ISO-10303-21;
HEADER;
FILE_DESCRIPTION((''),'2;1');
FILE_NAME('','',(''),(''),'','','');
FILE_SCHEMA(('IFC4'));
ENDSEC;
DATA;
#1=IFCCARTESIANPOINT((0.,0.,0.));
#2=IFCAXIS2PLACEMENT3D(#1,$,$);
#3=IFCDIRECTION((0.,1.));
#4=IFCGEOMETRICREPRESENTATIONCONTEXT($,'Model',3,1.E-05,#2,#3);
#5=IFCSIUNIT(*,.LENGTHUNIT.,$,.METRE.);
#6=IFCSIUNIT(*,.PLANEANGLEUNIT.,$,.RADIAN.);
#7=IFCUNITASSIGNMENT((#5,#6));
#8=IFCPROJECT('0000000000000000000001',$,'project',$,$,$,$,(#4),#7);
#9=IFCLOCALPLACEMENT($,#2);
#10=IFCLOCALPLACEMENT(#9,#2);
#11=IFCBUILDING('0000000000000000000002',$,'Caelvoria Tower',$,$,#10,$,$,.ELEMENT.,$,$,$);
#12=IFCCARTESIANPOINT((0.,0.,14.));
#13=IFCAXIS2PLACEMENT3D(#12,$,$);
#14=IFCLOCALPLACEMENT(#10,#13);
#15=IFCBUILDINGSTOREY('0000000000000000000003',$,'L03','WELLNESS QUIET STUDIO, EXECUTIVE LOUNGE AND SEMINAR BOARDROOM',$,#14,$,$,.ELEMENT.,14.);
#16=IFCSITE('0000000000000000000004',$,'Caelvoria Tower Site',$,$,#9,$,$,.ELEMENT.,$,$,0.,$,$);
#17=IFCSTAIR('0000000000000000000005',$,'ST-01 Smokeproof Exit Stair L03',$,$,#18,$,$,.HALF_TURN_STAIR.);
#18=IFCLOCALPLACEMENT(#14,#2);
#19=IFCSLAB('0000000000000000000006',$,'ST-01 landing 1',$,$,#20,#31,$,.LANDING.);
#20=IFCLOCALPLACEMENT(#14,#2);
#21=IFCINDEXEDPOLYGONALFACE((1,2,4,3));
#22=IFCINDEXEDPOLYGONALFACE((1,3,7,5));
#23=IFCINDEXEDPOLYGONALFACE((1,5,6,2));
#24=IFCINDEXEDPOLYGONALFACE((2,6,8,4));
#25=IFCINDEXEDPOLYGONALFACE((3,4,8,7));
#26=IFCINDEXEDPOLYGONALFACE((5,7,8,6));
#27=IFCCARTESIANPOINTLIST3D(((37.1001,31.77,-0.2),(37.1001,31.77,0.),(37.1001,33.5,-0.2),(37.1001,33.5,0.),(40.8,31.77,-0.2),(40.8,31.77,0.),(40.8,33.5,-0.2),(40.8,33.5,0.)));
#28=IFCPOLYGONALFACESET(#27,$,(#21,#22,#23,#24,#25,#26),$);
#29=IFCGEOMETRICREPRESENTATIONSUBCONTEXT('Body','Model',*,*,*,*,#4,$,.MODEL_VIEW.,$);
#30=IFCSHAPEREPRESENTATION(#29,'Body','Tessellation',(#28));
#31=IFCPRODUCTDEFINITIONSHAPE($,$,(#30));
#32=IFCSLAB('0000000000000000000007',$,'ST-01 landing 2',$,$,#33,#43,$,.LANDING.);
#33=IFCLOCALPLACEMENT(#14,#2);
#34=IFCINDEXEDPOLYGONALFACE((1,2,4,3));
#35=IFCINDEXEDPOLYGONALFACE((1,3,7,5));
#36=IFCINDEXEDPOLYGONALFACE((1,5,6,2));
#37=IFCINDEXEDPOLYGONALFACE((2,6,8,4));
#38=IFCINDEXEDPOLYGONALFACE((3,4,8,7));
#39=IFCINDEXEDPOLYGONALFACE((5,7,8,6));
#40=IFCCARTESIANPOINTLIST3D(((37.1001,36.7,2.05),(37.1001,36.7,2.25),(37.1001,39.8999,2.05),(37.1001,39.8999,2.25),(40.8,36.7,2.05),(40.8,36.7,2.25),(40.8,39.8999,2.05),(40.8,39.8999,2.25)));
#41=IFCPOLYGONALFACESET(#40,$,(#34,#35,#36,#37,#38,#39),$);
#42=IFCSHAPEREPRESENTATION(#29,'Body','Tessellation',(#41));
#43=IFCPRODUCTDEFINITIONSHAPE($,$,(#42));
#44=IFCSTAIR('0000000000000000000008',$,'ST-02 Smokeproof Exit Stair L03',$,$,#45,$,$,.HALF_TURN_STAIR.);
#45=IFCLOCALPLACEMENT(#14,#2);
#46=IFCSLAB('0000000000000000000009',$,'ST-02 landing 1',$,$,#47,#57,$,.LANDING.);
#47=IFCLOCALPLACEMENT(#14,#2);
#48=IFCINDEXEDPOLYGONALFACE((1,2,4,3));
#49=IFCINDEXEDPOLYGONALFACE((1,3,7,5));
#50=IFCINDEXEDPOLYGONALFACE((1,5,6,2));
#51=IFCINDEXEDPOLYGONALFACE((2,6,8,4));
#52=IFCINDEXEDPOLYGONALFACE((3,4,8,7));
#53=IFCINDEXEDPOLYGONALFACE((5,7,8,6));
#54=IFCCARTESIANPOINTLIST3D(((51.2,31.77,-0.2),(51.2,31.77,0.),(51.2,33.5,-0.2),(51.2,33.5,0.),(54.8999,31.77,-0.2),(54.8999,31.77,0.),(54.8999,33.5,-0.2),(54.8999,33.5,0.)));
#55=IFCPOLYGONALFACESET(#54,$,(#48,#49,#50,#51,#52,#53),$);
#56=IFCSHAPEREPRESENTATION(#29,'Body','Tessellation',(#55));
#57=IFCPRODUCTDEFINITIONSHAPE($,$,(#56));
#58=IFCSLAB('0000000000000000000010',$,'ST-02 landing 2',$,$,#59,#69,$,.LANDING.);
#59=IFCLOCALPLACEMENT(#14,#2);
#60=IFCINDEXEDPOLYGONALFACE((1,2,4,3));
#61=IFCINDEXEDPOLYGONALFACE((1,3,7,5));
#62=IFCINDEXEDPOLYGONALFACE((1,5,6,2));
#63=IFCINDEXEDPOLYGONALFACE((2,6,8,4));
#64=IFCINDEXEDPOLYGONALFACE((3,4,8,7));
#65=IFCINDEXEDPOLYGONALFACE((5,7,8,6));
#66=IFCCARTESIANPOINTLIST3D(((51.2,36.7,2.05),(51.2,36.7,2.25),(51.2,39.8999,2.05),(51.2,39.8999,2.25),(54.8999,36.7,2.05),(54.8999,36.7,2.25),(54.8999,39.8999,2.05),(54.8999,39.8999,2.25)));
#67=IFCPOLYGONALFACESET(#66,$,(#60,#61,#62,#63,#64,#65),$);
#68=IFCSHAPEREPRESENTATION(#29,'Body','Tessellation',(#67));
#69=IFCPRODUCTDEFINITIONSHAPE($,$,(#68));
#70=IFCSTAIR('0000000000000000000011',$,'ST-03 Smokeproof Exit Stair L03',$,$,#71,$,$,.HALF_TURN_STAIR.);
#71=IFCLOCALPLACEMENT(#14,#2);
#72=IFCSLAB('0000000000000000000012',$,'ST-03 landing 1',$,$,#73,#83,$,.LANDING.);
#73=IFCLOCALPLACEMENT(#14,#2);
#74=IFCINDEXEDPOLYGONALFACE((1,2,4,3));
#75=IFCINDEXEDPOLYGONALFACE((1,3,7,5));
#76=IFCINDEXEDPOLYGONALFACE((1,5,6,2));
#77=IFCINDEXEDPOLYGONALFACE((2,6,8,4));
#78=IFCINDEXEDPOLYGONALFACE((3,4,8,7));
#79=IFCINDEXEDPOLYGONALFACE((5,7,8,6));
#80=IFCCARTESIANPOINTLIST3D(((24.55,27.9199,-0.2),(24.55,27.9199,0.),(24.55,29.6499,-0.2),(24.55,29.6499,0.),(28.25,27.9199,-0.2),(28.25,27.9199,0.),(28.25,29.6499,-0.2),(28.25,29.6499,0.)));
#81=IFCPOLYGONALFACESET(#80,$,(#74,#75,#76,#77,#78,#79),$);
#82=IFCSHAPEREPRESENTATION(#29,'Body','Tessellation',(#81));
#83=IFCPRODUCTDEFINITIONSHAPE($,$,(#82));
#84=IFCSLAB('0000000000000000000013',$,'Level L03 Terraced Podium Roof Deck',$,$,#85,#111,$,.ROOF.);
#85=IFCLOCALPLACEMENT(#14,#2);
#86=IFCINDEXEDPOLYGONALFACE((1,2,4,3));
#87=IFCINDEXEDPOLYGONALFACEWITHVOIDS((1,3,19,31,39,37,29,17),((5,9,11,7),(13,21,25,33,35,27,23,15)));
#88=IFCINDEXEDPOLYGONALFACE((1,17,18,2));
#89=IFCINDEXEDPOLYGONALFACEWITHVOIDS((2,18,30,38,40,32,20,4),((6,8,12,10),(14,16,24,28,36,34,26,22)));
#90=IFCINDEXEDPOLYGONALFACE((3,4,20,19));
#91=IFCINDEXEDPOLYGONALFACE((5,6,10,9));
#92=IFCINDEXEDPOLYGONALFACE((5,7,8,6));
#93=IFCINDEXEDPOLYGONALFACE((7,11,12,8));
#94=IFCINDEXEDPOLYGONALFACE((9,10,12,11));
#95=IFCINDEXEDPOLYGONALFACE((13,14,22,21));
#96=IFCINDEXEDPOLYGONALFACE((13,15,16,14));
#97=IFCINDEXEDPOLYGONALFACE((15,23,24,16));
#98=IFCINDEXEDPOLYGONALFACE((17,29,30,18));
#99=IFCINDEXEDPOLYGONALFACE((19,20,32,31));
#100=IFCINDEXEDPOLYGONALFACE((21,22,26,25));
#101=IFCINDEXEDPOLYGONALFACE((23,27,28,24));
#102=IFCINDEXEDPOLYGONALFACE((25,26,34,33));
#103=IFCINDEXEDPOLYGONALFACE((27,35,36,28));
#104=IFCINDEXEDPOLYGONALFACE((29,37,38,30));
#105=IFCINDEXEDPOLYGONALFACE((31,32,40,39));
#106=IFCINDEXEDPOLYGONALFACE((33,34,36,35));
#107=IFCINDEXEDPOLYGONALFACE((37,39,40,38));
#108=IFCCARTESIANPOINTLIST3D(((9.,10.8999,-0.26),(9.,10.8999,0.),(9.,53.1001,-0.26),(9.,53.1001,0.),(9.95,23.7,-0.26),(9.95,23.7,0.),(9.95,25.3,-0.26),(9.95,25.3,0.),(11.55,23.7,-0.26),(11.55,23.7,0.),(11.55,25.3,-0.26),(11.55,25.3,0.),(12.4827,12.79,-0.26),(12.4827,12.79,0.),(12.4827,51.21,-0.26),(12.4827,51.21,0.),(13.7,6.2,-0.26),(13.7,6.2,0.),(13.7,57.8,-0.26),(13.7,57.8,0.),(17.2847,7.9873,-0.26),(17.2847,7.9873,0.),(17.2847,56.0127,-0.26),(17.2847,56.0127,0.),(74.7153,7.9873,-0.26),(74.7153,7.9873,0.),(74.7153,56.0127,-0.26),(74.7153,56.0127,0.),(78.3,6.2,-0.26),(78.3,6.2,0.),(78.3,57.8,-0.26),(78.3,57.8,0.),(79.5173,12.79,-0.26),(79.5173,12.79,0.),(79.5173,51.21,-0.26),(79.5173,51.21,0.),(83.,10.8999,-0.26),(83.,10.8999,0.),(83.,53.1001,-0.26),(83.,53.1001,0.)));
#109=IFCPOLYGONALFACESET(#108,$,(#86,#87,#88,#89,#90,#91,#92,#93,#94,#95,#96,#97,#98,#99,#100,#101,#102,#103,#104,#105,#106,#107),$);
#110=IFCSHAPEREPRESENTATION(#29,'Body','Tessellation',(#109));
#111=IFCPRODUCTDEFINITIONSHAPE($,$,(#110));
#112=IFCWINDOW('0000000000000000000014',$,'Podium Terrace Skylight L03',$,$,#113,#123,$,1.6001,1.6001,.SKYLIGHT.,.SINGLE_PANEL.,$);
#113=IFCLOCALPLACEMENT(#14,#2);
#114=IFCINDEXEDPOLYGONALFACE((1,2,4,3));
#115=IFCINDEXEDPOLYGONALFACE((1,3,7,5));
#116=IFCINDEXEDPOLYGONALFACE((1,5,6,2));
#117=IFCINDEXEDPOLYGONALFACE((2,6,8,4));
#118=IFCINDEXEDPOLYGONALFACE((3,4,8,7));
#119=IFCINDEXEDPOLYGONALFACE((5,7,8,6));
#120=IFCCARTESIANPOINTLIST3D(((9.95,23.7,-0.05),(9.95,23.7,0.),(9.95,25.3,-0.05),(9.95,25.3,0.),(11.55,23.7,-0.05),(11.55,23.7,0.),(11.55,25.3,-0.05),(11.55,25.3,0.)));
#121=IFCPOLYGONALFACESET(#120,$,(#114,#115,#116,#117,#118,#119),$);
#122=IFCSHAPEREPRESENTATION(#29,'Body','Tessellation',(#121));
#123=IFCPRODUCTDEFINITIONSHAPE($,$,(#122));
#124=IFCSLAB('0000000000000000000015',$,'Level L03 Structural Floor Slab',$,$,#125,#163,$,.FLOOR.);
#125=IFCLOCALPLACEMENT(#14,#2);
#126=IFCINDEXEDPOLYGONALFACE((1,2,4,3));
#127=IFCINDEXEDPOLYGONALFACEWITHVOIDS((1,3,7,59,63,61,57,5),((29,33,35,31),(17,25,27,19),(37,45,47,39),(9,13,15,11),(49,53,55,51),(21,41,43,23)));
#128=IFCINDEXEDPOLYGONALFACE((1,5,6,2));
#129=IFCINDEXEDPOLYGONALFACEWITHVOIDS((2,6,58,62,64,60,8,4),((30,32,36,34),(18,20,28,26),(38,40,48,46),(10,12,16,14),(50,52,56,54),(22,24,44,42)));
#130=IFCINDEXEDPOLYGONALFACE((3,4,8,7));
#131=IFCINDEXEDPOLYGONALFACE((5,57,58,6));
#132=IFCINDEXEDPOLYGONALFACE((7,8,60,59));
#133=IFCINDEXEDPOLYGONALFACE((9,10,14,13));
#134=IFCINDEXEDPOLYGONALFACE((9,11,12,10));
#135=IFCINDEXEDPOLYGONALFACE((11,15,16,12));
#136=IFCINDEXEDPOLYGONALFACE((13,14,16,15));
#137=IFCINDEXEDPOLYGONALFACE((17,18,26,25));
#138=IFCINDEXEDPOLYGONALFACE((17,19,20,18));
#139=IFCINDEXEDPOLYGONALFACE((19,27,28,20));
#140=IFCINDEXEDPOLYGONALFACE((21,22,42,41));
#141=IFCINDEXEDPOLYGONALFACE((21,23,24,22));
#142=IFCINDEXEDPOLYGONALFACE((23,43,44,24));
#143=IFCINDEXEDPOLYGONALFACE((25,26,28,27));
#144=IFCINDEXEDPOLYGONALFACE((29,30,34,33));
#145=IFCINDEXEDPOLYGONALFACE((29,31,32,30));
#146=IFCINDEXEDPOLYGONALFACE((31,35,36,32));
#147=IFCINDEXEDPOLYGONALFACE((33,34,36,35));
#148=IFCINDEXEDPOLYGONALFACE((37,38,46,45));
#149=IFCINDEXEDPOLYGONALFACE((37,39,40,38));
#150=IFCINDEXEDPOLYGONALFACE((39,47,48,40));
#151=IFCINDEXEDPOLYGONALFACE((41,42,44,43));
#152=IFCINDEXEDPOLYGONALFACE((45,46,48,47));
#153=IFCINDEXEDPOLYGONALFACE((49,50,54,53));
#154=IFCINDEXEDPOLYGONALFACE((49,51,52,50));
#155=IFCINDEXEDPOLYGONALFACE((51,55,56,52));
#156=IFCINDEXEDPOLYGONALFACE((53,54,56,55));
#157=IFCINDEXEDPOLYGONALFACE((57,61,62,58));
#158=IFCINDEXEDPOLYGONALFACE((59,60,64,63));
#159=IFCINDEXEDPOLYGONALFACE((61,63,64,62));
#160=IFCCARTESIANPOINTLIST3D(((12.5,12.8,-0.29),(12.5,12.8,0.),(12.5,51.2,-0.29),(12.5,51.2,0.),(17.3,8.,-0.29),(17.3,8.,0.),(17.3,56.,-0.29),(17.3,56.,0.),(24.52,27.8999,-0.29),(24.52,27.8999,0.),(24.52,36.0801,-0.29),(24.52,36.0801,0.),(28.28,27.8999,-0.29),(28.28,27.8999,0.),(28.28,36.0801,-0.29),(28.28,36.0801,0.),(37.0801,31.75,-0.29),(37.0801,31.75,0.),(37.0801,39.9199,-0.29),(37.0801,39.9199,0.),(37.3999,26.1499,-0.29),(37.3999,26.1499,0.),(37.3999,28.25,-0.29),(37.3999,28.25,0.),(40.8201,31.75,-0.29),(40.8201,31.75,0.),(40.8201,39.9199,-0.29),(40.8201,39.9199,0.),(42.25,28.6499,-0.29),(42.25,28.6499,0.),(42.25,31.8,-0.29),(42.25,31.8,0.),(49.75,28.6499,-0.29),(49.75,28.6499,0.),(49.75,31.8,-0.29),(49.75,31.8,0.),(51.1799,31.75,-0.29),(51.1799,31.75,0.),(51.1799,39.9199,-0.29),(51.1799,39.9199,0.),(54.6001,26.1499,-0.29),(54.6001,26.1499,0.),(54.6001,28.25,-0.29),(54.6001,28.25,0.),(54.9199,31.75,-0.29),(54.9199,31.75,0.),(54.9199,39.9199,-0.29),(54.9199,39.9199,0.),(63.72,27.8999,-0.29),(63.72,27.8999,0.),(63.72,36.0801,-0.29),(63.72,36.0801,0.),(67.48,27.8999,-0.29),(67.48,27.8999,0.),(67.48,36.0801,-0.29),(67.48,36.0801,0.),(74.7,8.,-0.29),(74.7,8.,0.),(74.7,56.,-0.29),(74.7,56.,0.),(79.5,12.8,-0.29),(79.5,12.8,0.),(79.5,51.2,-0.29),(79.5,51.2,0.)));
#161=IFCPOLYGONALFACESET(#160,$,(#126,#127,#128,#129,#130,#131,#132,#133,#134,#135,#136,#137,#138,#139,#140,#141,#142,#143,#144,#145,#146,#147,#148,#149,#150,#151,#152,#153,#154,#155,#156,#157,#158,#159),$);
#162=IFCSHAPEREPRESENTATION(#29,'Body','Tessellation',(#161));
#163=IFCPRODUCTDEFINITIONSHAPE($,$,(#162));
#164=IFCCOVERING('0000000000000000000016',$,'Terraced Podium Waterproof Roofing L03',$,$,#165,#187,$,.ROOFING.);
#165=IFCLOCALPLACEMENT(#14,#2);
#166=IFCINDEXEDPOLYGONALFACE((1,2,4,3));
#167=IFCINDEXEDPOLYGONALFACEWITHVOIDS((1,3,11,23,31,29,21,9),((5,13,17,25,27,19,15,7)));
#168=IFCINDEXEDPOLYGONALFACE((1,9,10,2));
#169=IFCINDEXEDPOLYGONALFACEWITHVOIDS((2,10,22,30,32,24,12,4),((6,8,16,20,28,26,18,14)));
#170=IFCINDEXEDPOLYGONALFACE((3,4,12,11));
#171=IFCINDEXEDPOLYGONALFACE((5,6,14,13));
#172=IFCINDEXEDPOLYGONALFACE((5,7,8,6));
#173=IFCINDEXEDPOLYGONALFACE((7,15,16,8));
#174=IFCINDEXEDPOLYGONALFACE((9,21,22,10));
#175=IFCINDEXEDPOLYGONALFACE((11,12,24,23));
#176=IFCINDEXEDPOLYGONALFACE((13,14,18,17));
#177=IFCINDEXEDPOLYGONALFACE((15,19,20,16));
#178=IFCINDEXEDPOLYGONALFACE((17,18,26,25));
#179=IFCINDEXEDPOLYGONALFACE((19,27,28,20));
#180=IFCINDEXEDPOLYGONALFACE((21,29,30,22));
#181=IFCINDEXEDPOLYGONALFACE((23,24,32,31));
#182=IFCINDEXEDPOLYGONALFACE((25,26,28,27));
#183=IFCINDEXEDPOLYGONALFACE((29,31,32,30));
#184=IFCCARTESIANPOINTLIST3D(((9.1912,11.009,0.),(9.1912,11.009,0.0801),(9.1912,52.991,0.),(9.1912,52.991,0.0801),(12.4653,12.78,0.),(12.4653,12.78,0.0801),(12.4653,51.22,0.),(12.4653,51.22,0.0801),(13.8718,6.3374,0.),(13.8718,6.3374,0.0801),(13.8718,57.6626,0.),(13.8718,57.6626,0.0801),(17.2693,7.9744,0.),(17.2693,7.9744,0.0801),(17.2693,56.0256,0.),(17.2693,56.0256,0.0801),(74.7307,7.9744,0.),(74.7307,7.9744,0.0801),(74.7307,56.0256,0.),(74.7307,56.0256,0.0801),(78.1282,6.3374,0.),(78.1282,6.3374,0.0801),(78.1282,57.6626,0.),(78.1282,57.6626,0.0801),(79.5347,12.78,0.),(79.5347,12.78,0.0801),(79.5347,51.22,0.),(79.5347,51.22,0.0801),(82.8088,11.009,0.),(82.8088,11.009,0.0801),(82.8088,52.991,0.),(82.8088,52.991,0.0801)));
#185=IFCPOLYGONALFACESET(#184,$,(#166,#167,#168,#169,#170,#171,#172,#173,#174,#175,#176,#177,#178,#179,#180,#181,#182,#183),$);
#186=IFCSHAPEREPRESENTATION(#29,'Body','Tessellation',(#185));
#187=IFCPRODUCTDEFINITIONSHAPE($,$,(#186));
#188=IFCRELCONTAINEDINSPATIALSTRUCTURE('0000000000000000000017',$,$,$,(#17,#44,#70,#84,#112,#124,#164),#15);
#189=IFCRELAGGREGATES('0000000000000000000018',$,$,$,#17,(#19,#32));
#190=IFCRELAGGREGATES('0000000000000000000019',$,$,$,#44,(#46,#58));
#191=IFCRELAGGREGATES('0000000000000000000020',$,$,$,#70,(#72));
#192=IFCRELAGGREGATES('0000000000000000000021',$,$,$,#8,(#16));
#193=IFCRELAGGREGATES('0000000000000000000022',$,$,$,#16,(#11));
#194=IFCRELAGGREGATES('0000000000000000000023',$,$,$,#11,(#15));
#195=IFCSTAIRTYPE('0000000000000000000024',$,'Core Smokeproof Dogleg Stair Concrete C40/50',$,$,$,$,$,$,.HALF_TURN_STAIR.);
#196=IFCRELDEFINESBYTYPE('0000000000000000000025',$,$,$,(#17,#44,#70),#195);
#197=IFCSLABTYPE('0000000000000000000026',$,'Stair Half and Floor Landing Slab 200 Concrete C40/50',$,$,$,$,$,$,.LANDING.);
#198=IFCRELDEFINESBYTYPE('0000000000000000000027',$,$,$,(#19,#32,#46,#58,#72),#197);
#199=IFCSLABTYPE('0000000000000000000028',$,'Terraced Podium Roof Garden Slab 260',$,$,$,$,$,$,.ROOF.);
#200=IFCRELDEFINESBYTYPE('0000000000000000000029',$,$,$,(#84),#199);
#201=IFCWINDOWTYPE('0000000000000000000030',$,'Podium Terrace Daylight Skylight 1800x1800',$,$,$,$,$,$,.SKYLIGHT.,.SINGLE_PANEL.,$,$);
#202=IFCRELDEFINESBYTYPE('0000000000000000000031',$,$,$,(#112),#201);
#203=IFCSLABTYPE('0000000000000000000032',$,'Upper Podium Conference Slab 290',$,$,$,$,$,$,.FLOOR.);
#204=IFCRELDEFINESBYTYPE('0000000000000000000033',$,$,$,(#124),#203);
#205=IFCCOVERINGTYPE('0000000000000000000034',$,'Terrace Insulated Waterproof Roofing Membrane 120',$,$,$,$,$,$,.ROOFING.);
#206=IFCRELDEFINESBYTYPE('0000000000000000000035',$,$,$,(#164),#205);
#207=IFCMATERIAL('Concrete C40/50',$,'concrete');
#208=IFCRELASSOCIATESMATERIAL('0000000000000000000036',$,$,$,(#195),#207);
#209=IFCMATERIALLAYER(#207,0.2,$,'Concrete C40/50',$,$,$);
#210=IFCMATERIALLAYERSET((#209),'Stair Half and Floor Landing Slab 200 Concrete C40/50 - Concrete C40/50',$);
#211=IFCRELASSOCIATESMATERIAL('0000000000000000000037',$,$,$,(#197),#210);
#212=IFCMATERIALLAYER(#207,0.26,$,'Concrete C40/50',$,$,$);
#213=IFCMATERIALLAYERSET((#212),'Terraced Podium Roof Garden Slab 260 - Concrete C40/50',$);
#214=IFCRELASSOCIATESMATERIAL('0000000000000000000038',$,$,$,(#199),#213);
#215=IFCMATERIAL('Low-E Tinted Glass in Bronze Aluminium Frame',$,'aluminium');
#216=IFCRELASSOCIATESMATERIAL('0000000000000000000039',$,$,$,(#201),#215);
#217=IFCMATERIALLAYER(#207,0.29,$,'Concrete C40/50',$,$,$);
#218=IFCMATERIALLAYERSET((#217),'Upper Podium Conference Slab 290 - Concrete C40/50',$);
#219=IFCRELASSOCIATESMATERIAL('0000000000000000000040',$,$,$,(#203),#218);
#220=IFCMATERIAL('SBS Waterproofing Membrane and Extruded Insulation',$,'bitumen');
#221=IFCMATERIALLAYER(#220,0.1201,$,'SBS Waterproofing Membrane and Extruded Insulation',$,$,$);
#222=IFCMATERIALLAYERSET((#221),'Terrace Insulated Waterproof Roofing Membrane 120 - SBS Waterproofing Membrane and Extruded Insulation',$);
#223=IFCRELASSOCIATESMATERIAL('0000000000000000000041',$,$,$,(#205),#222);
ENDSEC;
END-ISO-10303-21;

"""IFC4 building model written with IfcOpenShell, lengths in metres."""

from ifc_helpers import new_model, si_unit, direction, frame, origin, origin_2d, place, context, subcontext, project, spatial, polyline, rectangle, outline, extrude, material, layer, layer_set, type_object, element, fill, aggregate, save


model = new_model("IFC4")

# Units and contexts
model_context = context("Model", 3, precision=1e-05, world=origin(), true_north=direction((0.0, 1.0)))
body_context = subcontext(model_context, "Body", "Model", "MODEL_VIEW")
ifc_project = project(units=[si_unit("LENGTHUNIT", "METRE"), si_unit("PLANEANGLEUNIT", "RADIAN")], contexts=[model_context])

# Site, building, storey
site_placement = place(None, origin())
site = spatial("IfcSite", under=ifc_project, at=site_placement, Name="Caelvoria Tower Site", CompositionType="ELEMENT", RefElevation=0.0)
building_placement = place(site_placement, origin())
building = spatial("IfcBuilding", under=site, at=building_placement, Name="Caelvoria Tower", CompositionType="ELEMENT")
storey_placement = place(building_placement, frame((0.0, 0.0, 14.0)))
storey = spatial("IfcBuildingStorey", under=building, at=storey_placement, Name="L03", Description="WELLNESS QUIET STUDIO, EXECUTIVE LOUNGE AND SEMINAR BOARDROOM", CompositionType="ELEMENT", Elevation=14.0)

# Stairs, slabs
ifc_material_1 = material(Name="Concrete C40/50", Category="concrete")
stair_type = type_object("IfcStairType", Name="Core Smokeproof Dogleg Stair Concrete C40/50", PredefinedType="HALF_TURN_STAIR", material=ifc_material_1)
stair_1_placement = place(storey_placement, origin())
stair_1 = element("IfcStair", 1, at=stair_1_placement, inside=storey, type_object=stair_type, Name="ST-01 Smokeproof Exit Stair L03", PredefinedType="HALF_TURN_STAIR")
ifc_layer_1 = layer(ifc_material_1, 0.2, Name="Concrete C40/50")
ifc_layer_set_1 = layer_set([ifc_layer_1], Name="Stair Half and Floor Landing Slab 200 Concrete C40/50 - Concrete C40/50")
slab_type_1 = type_object("IfcSlabType", Name="Stair Half and Floor Landing Slab 200 Concrete C40/50", PredefinedType="LANDING", material=ifc_layer_set_1)
slab_1_placement = place(storey_placement, frame((0.0, 0.0, -0.2)))
slab_1 = element("IfcSlab", 2, at=slab_1_placement, type_object=slab_type_1, Name="ST-01 landing 1", PredefinedType="LANDING", context=body_context, shape_type="SweptSolid", body=[
    extrude(outline(polyline([(37.1001, 31.77), (40.8, 31.77), (40.8, 33.5), (37.1001, 33.5), (37.1001, 31.77)])), origin(), (0.0, 0.0, 1.0), 0.2),
])
slab_2_placement = place(storey_placement, frame((0.0, 0.0, 2.05)))
slab_2 = element("IfcSlab", 3, at=slab_2_placement, type_object=slab_type_1, Name="ST-01 landing 2", PredefinedType="LANDING", context=body_context, shape_type="SweptSolid", body=[
    extrude(outline(polyline([(37.1001, 36.7), (40.8, 36.7), (40.8, 39.8999), (37.1001, 39.8999), (37.1001, 36.7)])), origin(), (0.0, 0.0, 1.0), 0.2),
])
aggregate(stair_1, [slab_1, slab_2])
stair_2_placement = place(storey_placement, origin())
stair_2 = element("IfcStair", 4, at=stair_2_placement, inside=storey, type_object=stair_type, Name="ST-02 Smokeproof Exit Stair L03", PredefinedType="HALF_TURN_STAIR")
slab_3_placement = place(storey_placement, frame((0.0, 0.0, -0.2)))
slab_3 = element("IfcSlab", 5, at=slab_3_placement, type_object=slab_type_1, Name="ST-02 landing 1", PredefinedType="LANDING", context=body_context, shape_type="SweptSolid", body=[
    extrude(outline(polyline([(51.2, 31.77), (54.8999, 31.77), (54.8999, 33.5), (51.2, 33.5), (51.2, 31.77)])), origin(), (0.0, 0.0, 1.0), 0.2),
])
slab_4_placement = place(storey_placement, frame((0.0, 0.0, 2.05)))
slab_4 = element("IfcSlab", 6, at=slab_4_placement, type_object=slab_type_1, Name="ST-02 landing 2", PredefinedType="LANDING", context=body_context, shape_type="SweptSolid", body=[
    extrude(outline(polyline([(51.2, 36.7), (54.8999, 36.7), (54.8999, 39.8999), (51.2, 39.8999), (51.2, 36.7)])), origin(), (0.0, 0.0, 1.0), 0.2),
])
aggregate(stair_2, [slab_3, slab_4])

# Stair, slab
stair_3_placement = place(storey_placement, origin())
stair_3 = element("IfcStair", 7, at=stair_3_placement, inside=storey, type_object=stair_type, Name="ST-03 Smokeproof Exit Stair L03", PredefinedType="HALF_TURN_STAIR")
slab_5_placement = place(storey_placement, frame((0.0, 0.0, -0.2)))
slab_5 = element("IfcSlab", 8, at=slab_5_placement, type_object=slab_type_1, Name="ST-03 landing 1", PredefinedType="LANDING", context=body_context, shape_type="SweptSolid", body=[
    extrude(outline(polyline([(24.55, 27.9199), (28.25, 27.9199), (28.25, 29.6499), (24.55, 29.6499), (24.55, 27.9199)])), origin(), (0.0, 0.0, 1.0), 0.2),
])
aggregate(stair_3, [slab_5])

# Slab, opening, window
ifc_layer_2 = layer(ifc_material_1, 0.26, Name="Concrete C40/50")
ifc_layer_set_2 = layer_set([ifc_layer_2], Name="Terraced Podium Roof Garden Slab 260 - Concrete C40/50")
slab_type_2 = type_object("IfcSlabType", Name="Terraced Podium Roof Garden Slab 260", PredefinedType="ROOF", material=ifc_layer_set_2)
slab_6_placement = place(storey_placement, frame((0.0, 0.0, -0.26)))
slab_6 = element("IfcSlab", 9, at=slab_6_placement, inside=storey, type_object=slab_type_2, Name="Level L03 Terraced Podium Roof Deck", PredefinedType="ROOF", context=body_context, shape_type="SweptSolid", body=[
    extrude(outline(polyline([(13.7, 6.2), (78.3, 6.2), (83.0, 10.8999), (83.0, 53.1001), (78.3, 57.8), (13.7, 57.8), (9.0, 53.1001), (9.0, 10.8999), (13.7, 6.2)]), holes=[polyline([(17.2847, 7.9873), (74.7153, 7.9873), (79.5173, 12.79), (79.5173, 51.21), (74.7153, 56.0127), (17.2847, 56.0127), (12.4827, 51.21), (12.4827, 12.79), (17.2847, 7.9873)])]), origin(), (0.0, 0.0, 1.0), 0.26),
])
opening_placement = place(slab_6_placement, frame((10.75, 24.5, 0.0)))
opening = element("IfcOpeningElement", 10, at=opening_placement, cuts=slab_6, PredefinedType="OPENING", context=body_context, shape_type="SweptSolid", body=[
    extrude(rectangle(XDim=1.6001, YDim=1.6001, at=origin_2d()), origin(), (0.0, 0.0, 1.0), 0.26),
])
ifc_material_2 = material(Name="Low-E Tinted Glass in Bronze Aluminium Frame", Category="aluminium")
window_type = type_object("IfcWindowType", Name="Podium Terrace Daylight Skylight 1800x1800", PartitioningType="SINGLE_PANEL", PredefinedType="SKYLIGHT", material=ifc_material_2)
window_placement = place(opening_placement, frame((0.0, 0.0, 0.21)))
window = element("IfcWindow", 11, at=window_placement, inside=storey, type_object=window_type, Name="Podium Terrace Skylight L03", OverallHeight=1.6001, OverallWidth=1.6001, PartitioningType="SINGLE_PANEL", PredefinedType="SKYLIGHT", context=body_context, shape_type="SweptSolid", body=[
    extrude(rectangle(XDim=1.6001, YDim=1.6001, at=origin_2d()), origin(), (0.0, 0.0, 1.0), 0.05),
])
fill(opening, window)

# Slab
ifc_layer_3 = layer(ifc_material_1, 0.29, Name="Concrete C40/50")
ifc_layer_set_3 = layer_set([ifc_layer_3], Name="Upper Podium Conference Slab 290 - Concrete C40/50")
slab_type_3 = type_object("IfcSlabType", Name="Upper Podium Conference Slab 290", PredefinedType="FLOOR", material=ifc_layer_set_3)
slab_7_placement = place(storey_placement, frame((0.0, 0.0, -0.29)))
element("IfcSlab", 12, at=slab_7_placement, inside=storey, type_object=slab_type_3, Name="Level L03 Structural Floor Slab", PredefinedType="FLOOR", context=body_context, shape_type="SweptSolid", body=[
    extrude(outline(polyline([(17.3, 8.0), (74.7, 8.0), (79.5, 12.8), (79.5, 51.2), (74.7, 56.0), (17.3, 56.0), (12.5, 51.2), (12.5, 12.8), (17.3, 8.0)]), holes=[polyline([(37.0801, 31.75), (40.8201, 31.75), (40.8201, 39.9199), (37.0801, 39.9199), (37.0801, 31.75)]), polyline([(51.1799, 31.75), (54.9199, 31.75), (54.9199, 39.9199), (51.1799, 39.9199), (51.1799, 31.75)]), polyline([(42.25, 28.6499), (49.75, 28.6499), (49.75, 31.8), (42.25, 31.8), (42.25, 28.6499)]), polyline([(24.52, 27.8999), (28.28, 27.8999), (28.28, 36.0801), (24.52, 36.0801), (24.52, 27.8999)]), polyline([(63.72, 27.8999), (67.48, 27.8999), (67.48, 36.0801), (63.72, 36.0801), (63.72, 27.8999)]), polyline([(37.3999, 26.1499), (54.6001, 26.1499), (54.6001, 28.25), (37.3999, 28.25), (37.3999, 26.1499)])]), origin(), (0.0, 0.0, 1.0), 0.29),
])

# Covering
ifc_material_3 = material(Name="SBS Waterproofing Membrane and Extruded Insulation", Category="bitumen")
ifc_layer_4 = layer(ifc_material_3, 0.1201, Name="SBS Waterproofing Membrane and Extruded Insulation")
ifc_layer_set_4 = layer_set([ifc_layer_4], Name="Terrace Insulated Waterproof Roofing Membrane 120 - SBS Waterproofing Membrane and Extruded Insulation")
covering_type = type_object("IfcCoveringType", Name="Terrace Insulated Waterproof Roofing Membrane 120", PredefinedType="ROOFING", material=ifc_layer_set_4)
covering_placement = place(storey_placement, origin())
element("IfcCovering", 13, at=covering_placement, inside=storey, type_object=covering_type, Name="Terraced Podium Waterproof Roofing L03", PredefinedType="ROOFING", context=body_context, shape_type="SweptSolid", body=[
    extrude(outline(polyline([(13.8718, 6.3374), (78.1282, 6.3374), (82.8088, 11.009), (82.8088, 52.991), (78.1282, 57.6626), (13.8718, 57.6626), (9.1912, 52.991), (9.1912, 11.009), (13.8718, 6.3374)]), holes=[polyline([(12.4653, 12.78), (12.4653, 51.22), (17.2693, 56.0256), (74.7307, 56.0256), (79.5347, 51.22), (79.5347, 12.78), (74.7307, 7.9744), (17.2693, 7.9744), (12.4653, 12.78)])]), origin(), (0.0, 0.0, 1.0), 0.0801),
])

save(model, "model.ifc")
